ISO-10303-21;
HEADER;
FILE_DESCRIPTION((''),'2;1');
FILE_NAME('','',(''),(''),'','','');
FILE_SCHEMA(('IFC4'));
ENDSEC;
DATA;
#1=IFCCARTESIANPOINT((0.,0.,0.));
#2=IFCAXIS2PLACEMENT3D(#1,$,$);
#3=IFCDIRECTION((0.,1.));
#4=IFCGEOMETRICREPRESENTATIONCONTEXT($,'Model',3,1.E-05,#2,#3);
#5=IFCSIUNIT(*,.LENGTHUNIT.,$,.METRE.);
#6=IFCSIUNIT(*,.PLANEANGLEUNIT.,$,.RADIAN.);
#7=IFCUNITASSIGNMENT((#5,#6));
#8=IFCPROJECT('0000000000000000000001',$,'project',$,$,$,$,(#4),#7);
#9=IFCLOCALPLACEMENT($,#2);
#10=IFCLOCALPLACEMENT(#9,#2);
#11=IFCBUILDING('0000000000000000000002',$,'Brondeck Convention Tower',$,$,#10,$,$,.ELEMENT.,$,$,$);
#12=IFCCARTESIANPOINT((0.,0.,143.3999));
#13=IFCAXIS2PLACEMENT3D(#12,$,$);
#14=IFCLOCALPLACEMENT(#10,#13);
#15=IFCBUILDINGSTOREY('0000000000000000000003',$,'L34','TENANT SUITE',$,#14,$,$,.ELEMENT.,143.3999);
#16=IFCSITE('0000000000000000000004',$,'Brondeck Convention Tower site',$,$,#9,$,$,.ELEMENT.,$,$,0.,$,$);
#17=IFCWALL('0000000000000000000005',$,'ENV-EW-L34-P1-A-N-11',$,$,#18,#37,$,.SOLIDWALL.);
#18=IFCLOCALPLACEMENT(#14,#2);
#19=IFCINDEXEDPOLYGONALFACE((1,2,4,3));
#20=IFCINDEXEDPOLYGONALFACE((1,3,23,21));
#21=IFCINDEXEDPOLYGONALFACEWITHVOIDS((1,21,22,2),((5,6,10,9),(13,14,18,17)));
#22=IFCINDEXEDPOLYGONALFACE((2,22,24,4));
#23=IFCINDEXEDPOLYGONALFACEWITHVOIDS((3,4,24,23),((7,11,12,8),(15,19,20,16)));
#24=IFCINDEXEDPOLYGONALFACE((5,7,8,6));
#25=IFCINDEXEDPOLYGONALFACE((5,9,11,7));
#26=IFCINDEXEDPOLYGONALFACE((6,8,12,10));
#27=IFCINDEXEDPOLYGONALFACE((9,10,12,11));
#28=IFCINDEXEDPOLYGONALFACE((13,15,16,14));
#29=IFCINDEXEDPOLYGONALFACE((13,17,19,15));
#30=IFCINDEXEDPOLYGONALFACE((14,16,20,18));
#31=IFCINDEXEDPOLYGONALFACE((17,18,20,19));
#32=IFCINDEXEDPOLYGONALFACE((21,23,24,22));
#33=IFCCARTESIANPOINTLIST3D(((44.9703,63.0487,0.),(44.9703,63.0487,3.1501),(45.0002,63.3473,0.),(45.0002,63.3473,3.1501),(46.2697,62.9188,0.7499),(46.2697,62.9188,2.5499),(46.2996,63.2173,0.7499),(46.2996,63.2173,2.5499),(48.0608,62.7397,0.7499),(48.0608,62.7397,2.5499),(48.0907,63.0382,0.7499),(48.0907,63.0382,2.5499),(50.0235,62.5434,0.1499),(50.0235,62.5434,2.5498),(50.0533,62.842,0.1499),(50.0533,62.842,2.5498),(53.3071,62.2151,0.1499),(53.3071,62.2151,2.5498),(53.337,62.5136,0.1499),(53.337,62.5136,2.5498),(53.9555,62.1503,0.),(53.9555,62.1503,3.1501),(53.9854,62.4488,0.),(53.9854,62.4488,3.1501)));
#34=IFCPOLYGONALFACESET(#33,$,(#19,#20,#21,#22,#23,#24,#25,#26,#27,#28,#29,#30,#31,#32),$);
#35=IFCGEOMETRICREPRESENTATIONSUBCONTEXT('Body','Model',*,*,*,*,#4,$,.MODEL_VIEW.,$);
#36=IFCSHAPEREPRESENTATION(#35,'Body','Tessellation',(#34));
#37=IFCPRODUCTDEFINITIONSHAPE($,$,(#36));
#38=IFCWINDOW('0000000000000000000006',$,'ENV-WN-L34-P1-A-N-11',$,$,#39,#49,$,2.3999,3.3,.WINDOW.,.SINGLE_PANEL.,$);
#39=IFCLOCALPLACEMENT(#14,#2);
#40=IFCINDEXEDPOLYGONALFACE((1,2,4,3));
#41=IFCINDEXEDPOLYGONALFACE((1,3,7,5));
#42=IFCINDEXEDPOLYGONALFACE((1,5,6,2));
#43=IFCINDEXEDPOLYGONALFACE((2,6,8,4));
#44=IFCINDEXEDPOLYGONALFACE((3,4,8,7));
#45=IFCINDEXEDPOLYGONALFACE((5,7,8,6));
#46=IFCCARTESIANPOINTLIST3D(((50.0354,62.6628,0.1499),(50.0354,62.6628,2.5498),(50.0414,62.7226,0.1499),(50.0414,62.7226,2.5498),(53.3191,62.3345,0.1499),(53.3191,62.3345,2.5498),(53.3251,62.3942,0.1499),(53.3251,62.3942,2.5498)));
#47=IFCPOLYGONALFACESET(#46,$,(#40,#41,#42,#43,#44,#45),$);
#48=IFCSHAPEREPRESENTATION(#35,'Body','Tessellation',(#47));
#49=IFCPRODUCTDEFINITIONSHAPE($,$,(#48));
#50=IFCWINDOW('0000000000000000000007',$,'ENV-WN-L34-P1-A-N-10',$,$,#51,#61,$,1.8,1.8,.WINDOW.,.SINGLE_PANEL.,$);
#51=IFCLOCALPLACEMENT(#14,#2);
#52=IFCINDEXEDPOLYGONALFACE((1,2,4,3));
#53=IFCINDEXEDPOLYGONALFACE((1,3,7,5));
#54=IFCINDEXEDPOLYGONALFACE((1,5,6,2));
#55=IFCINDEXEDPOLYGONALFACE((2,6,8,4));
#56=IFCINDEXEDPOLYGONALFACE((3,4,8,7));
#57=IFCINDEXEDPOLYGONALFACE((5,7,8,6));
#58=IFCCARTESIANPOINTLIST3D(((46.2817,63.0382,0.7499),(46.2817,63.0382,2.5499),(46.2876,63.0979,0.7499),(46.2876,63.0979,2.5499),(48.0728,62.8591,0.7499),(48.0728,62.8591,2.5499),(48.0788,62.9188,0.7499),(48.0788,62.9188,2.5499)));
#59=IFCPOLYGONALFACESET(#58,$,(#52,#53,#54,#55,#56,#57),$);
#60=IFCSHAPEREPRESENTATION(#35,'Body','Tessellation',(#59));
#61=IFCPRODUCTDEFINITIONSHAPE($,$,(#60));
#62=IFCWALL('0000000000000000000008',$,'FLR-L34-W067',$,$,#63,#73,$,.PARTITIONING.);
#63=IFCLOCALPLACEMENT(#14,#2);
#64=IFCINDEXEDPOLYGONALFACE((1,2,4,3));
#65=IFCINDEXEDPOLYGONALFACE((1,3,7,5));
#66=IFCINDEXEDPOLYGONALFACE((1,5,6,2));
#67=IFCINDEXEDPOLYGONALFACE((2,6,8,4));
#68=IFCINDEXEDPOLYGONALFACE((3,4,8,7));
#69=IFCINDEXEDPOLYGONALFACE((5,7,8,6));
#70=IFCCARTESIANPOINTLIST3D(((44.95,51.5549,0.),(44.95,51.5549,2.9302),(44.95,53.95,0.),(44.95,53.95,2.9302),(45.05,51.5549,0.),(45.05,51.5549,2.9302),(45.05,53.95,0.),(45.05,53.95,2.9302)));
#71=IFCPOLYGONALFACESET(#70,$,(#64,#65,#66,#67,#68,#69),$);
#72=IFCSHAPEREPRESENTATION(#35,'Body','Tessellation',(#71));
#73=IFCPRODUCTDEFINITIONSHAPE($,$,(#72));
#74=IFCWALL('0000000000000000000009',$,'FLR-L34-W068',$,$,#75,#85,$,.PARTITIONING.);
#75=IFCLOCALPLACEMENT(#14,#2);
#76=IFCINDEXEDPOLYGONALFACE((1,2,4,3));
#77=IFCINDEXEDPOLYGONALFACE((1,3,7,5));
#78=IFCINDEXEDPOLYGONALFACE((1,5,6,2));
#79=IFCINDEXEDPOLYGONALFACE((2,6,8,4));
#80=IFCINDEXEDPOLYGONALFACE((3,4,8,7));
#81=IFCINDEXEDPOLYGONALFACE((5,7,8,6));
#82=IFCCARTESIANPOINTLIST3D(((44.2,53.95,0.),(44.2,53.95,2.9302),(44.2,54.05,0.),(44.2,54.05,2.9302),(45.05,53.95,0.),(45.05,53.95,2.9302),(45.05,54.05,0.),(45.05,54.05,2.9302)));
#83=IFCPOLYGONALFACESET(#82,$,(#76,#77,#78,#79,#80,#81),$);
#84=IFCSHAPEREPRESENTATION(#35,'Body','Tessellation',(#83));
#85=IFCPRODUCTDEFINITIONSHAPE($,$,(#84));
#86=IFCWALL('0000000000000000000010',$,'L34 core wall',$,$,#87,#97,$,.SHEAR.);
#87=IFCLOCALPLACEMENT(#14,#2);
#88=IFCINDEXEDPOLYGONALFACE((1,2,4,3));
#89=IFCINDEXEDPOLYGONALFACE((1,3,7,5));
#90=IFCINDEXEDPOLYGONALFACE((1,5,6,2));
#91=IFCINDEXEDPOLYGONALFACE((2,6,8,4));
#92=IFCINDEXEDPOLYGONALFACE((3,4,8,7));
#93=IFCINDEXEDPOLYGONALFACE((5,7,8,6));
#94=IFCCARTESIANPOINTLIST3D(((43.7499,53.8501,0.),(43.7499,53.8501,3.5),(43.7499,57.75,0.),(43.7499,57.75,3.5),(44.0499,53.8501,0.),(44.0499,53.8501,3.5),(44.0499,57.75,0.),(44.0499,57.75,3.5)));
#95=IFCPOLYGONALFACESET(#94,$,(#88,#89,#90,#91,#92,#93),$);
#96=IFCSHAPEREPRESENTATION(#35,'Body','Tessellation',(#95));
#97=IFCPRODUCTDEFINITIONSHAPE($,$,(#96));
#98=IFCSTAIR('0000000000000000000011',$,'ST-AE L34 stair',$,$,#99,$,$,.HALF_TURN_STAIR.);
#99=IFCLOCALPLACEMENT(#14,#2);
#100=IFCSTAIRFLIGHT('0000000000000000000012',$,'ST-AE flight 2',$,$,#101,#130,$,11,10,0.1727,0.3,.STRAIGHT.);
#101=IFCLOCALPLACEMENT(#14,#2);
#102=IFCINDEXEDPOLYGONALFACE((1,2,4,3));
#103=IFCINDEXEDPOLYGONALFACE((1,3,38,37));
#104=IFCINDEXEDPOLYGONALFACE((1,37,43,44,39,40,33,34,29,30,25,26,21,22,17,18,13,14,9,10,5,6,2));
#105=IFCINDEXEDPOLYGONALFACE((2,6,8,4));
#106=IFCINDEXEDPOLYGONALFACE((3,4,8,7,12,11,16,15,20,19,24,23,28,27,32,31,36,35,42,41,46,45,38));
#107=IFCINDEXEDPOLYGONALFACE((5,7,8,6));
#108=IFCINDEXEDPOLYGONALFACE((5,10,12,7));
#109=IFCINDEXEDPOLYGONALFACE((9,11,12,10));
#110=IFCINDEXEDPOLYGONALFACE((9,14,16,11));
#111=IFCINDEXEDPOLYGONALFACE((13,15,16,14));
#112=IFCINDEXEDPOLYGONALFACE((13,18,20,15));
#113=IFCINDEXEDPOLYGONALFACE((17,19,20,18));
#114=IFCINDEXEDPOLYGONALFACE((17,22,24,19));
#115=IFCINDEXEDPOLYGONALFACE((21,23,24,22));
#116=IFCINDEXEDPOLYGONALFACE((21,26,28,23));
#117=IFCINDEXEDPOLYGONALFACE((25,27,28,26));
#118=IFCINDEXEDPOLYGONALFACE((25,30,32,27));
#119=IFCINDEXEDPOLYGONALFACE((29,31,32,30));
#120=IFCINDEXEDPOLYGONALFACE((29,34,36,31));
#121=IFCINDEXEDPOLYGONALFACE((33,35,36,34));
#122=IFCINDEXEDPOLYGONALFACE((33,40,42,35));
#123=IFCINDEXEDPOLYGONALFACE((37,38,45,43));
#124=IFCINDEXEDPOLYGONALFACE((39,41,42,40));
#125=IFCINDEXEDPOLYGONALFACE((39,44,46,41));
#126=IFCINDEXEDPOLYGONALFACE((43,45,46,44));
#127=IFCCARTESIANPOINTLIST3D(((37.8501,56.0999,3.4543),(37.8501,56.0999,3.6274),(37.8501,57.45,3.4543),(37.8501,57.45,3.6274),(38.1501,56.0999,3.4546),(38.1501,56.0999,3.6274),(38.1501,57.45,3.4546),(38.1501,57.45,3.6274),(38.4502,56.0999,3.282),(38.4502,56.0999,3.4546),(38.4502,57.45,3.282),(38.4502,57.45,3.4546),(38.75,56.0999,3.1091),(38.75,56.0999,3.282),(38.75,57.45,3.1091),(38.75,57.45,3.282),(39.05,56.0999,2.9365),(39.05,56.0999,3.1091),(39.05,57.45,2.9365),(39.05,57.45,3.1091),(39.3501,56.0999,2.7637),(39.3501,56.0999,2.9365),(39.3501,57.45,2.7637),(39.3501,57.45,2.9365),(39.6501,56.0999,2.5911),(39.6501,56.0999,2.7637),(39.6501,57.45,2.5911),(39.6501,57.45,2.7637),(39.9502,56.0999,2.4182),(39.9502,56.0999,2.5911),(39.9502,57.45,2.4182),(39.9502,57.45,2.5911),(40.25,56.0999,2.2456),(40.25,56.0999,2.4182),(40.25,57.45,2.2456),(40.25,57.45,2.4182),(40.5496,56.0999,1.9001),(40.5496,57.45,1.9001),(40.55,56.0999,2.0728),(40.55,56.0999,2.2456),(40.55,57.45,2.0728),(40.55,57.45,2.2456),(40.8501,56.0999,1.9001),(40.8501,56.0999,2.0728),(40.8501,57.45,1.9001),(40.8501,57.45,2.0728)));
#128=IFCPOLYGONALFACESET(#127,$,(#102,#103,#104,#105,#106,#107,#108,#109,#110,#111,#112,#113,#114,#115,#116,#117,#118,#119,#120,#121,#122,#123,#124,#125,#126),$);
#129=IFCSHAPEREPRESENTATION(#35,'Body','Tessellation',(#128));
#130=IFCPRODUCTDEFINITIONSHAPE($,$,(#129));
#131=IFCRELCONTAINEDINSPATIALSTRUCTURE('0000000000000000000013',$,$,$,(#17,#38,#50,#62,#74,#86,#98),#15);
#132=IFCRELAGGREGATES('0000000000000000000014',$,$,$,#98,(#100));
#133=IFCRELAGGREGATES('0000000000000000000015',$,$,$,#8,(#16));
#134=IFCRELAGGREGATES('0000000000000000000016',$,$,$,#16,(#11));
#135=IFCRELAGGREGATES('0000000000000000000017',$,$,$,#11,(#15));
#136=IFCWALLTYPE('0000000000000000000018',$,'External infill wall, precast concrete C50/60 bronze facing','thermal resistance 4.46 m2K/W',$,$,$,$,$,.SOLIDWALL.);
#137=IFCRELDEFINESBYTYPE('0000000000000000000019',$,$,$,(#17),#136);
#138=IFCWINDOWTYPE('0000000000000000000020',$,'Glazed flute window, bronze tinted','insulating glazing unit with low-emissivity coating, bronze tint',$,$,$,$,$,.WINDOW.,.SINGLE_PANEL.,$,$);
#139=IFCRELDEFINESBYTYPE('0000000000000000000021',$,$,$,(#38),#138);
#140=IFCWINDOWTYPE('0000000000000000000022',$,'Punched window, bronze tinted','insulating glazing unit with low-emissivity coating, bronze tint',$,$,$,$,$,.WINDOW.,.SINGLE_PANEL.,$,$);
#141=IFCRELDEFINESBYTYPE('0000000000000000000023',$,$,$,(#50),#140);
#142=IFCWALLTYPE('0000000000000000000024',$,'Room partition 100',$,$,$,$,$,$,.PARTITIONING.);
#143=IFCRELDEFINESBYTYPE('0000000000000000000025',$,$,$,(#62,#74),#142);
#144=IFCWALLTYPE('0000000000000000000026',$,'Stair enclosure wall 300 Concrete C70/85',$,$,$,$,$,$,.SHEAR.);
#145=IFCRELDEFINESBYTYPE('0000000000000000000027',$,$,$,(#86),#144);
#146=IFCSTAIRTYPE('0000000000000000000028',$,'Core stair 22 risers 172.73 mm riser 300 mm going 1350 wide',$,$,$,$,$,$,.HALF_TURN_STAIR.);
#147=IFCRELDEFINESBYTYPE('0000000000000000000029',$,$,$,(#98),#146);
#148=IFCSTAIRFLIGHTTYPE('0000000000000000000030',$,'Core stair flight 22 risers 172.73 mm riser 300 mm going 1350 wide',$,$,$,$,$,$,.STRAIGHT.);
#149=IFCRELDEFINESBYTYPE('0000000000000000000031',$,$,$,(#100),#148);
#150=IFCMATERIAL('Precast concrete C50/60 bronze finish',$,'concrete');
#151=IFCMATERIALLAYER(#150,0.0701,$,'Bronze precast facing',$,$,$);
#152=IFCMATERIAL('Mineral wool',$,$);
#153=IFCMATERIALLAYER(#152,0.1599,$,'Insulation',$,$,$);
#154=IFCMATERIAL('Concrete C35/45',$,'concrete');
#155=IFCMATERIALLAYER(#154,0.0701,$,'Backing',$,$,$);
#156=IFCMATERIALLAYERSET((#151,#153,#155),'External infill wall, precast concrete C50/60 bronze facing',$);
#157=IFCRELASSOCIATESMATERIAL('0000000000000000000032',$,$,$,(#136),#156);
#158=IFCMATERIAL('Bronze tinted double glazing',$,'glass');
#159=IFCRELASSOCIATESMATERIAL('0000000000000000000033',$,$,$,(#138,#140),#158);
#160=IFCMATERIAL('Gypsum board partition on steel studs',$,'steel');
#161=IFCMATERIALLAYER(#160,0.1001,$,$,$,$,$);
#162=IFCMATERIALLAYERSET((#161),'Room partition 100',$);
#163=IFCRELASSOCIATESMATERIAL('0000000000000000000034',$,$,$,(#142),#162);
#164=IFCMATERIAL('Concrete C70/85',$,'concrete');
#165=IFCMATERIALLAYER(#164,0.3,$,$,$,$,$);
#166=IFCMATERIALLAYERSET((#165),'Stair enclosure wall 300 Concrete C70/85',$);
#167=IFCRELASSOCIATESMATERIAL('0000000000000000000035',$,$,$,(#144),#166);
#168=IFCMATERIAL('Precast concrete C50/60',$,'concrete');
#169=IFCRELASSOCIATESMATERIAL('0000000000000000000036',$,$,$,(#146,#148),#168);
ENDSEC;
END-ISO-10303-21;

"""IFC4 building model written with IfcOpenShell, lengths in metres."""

from ifc_helpers import new_model, si_unit, direction, frame, frame_2d, origin, place, context, subcontext, project, spatial, polyline, rectangle, outline, extrude, material, layer, layer_set, type_object, element, fill, aggregate, save


model = new_model("IFC4")

# Units and contexts
model_context = context("Model", 3, precision=1e-05, world=origin(), true_north=direction((0.0, 1.0)))
body_context = subcontext(model_context, "Body", "Model", "MODEL_VIEW")
ifc_project = project(units=[si_unit("LENGTHUNIT", "METRE"), si_unit("PLANEANGLEUNIT", "RADIAN")], contexts=[model_context])

# Site, building, storey
site_placement = place(None, origin())
site = spatial("IfcSite", under=ifc_project, at=site_placement, Name="Brondeck Convention Tower site", CompositionType="ELEMENT", RefElevation=0.0)
building_placement = place(site_placement, origin())
building = spatial("IfcBuilding", under=site, at=building_placement, Name="Brondeck Convention Tower", CompositionType="ELEMENT")
storey_placement = place(building_placement, frame((0.0, 0.0, 143.3999)))
storey = spatial("IfcBuildingStorey", under=building, at=storey_placement, Name="L34", Description="TENANT SUITE", CompositionType="ELEMENT", Elevation=143.3999)

# Shared definitions
ifc_material_1 = material(Name="Concrete C70/85", Category="concrete")

# Wall, openings, windows
ifc_material_2 = material(Name="Precast concrete C50/60 bronze finish", Category="concrete")
ifc_layer_1 = layer(ifc_material_2, 0.0701, Name="Bronze precast facing")
ifc_material_3 = material(Name="Mineral wool")
ifc_layer_2 = layer(ifc_material_3, 0.1599, Name="Insulation")
ifc_material_4 = material(Name="Concrete C35/45", Category="concrete")
ifc_layer_3 = layer(ifc_material_4, 0.0701, Name="Backing")
ifc_layer_set_1 = layer_set([ifc_layer_1, ifc_layer_2, ifc_layer_3], Name="External infill wall, precast concrete C50/60 bronze facing")
wall_type_1 = type_object("IfcWallType", Name="External infill wall, precast concrete C50/60 bronze facing", Description="thermal resistance 4.46 m2K/W", PredefinedType="SOLIDWALL", material=ifc_layer_set_1)
wall_1_placement = place(storey_placement, frame((44.9851, 63.198, 0.0), z_axis=(0.0, 0.0, 1.0), x_axis=(0.995038, -0.099496, 0.0)))
wall_1 = element("IfcWall", 1, at=wall_1_placement, inside=storey, type_object=wall_type_1, Name="ENV-EW-L34-P1-A-N-11", PredefinedType="SOLIDWALL", context=body_context, shape_type="SweptSolid", body=[
    extrude(rectangle(XDim=9.03, YDim=0.3, at=frame_2d((4.5151, 0.0))), origin(), (0.0, 0.0, 1.0), 3.1501),
])
opening_1_placement = place(wall_1_placement, frame((1.3062, 0.0, 0.75)))
opening_1 = element("IfcOpeningElement", 2, at=opening_1_placement, cuts=wall_1, PredefinedType="OPENING", context=body_context, shape_type="SweptSolid", body=[
    extrude(rectangle(XDim=1.8, YDim=1.8, at=frame_2d((0.8999, 0.8999))), frame((0.0, 0.1599, 0.0), z_axis=(0.0, -1.0, 0.0), x_axis=(1.0, 0.0, 0.0)), (0.0, 0.0, 1.0), 0.3201),
])
opening_2_placement = place(wall_1_placement, frame((5.0786, 0.0, 0.1499)))
opening_2 = element("IfcOpeningElement", 3, at=opening_2_placement, cuts=wall_1, PredefinedType="OPENING", context=body_context, shape_type="SweptSolid", body=[
    extrude(rectangle(XDim=3.3, YDim=2.3999, at=frame_2d((1.6499, 1.2))), frame((0.0, 0.1599, 0.0), z_axis=(0.0, -1.0, 0.0), x_axis=(1.0, 0.0, 0.0)), (0.0, 0.0, 1.0), 0.3201),
])
ifc_material_5 = material(Name="Bronze tinted double glazing", Category="glass")
window_type_1 = type_object("IfcWindowType", Name="Glazed flute window, bronze tinted", Description="insulating glazing unit with low-emissivity coating, bronze tint", PartitioningType="SINGLE_PANEL", PredefinedType="WINDOW", material=ifc_material_5)
window_1_placement = place(opening_2_placement, origin())
window_1 = element("IfcWindow", 4, at=window_1_placement, inside=storey, type_object=window_type_1, Name="ENV-WN-L34-P1-A-N-11", OverallHeight=2.3999, OverallWidth=3.3, PartitioningType="SINGLE_PANEL", PredefinedType="WINDOW", context=body_context, shape_type="SweptSolid", body=[
    extrude(rectangle(XDim=3.3, YDim=2.3999, at=frame_2d((1.6499, 1.2))), frame((0.0, 0.03, 0.0), z_axis=(0.0, -1.0, 0.0), x_axis=(1.0, 0.0, 0.0)), (0.0, 0.0, 1.0), 0.0601),
])
fill(opening_2, window_1)
window_type_2 = type_object("IfcWindowType", Name="Punched window, bronze tinted", Description="insulating glazing unit with low-emissivity coating, bronze tint", PartitioningType="SINGLE_PANEL", PredefinedType="WINDOW", material=ifc_material_5)
window_2_placement = place(opening_1_placement, origin())
window_2 = element("IfcWindow", 5, at=window_2_placement, inside=storey, type_object=window_type_2, Name="ENV-WN-L34-P1-A-N-10", OverallHeight=1.8, OverallWidth=1.8, PartitioningType="SINGLE_PANEL", PredefinedType="WINDOW", context=body_context, shape_type="SweptSolid", body=[
    extrude(rectangle(XDim=1.8, YDim=1.8, at=frame_2d((0.8999, 0.8999))), frame((0.0, 0.03, 0.0), z_axis=(0.0, -1.0, 0.0), x_axis=(1.0, 0.0, 0.0)), (0.0, 0.0, 1.0), 0.0601),
])
fill(opening_1, window_2)

# Walls
ifc_material_6 = material(Name="Gypsum board partition on steel studs", Category="steel")
ifc_layer_4 = layer(ifc_material_6, 0.1001)
ifc_layer_set_2 = layer_set([ifc_layer_4], Name="Room partition 100")
wall_type_2 = type_object("IfcWallType", Name="Room partition 100", PredefinedType="PARTITIONING", material=ifc_layer_set_2)
wall_2_placement = place(storey_placement, frame((45.0, 53.95, 0.0), z_axis=(0.0, 0.0, 1.0), x_axis=(0.0, -1.0, 0.0)))
element("IfcWall", 6, at=wall_2_placement, inside=storey, type_object=wall_type_2, Name="FLR-L34-W067", PredefinedType="PARTITIONING", context=body_context, shape_type="SweptSolid", body=[
    extrude(rectangle(XDim=2.395, YDim=0.1001, at=frame_2d((1.1975, 0.0))), origin(), (0.0, 0.0, 1.0), 2.9302),
])
wall_3_placement = place(storey_placement, frame((44.2, 54.0, 0.0), z_axis=(0.0, 0.0, 1.0), x_axis=(1.0, 0.0, 0.0)))
element("IfcWall", 7, at=wall_3_placement, inside=storey, type_object=wall_type_2, Name="FLR-L34-W068", PredefinedType="PARTITIONING", context=body_context, shape_type="SweptSolid", body=[
    extrude(rectangle(XDim=0.8501, YDim=0.1001, at=frame_2d((0.425, 0.0))), origin(), (0.0, 0.0, 1.0), 2.9302),
])
ifc_layer_5 = layer(ifc_material_1, 0.3)
ifc_layer_set_3 = layer_set([ifc_layer_5], Name="Stair enclosure wall 300 Concrete C70/85")
wall_type_3 = type_object("IfcWallType", Name="Stair enclosure wall 300 Concrete C70/85", PredefinedType="SHEAR", material=ifc_layer_set_3)
wall_4_placement = place(storey_placement, frame((43.8999, 53.8501, 0.0), z_axis=(0.0, 0.0, 1.0), x_axis=(0.0, 1.0, 0.0)))
element("IfcWall", 8, at=wall_4_placement, inside=storey, type_object=wall_type_3, Name="L34 core wall", PredefinedType="SHEAR", context=body_context, shape_type="SweptSolid", body=[
    extrude(rectangle(XDim=3.8999, YDim=0.3, at=frame_2d((1.95, 0.0))), origin(), (0.0, 0.0, 1.0), 3.5),
])

# Stair, stair flight
ifc_material_7 = material(Name="Precast concrete C50/60", Category="concrete")
stair_type = type_object("IfcStairType", Name="Core stair 22 risers 172.73 mm riser 300 mm going 1350 wide", PredefinedType="HALF_TURN_STAIR", material=ifc_material_7)
stair_placement = place(storey_placement, origin())
stair = element("IfcStair", 9, at=stair_placement, inside=storey, type_object=stair_type, Name="ST-AE L34 stair", PredefinedType="HALF_TURN_STAIR")
stair_flight_type = type_object("IfcStairFlightType", Name="Core stair flight 22 risers 172.73 mm riser 300 mm going 1350 wide", PredefinedType="STRAIGHT", material=ifc_material_7)
stair_flight_placement = place(storey_placement, frame((40.8501, 56.7749, 1.9001), z_axis=(0.0, 0.0, 1.0), x_axis=(-1.0, 0.0, 0.0)))
stair_flight = element("IfcStairFlight", 10, at=stair_flight_placement, type_object=stair_flight_type, Name="ST-AE flight 2", NumberOfRisers=11, NumberOfTreads=10, PredefinedType="STRAIGHT", RiserHeight=0.1727, TreadLength=0.3, context=body_context, shape_type="SweptSolid", body=[
    extrude(outline(polyline([(0.0, 0.0), (0.0, 0.1726), (0.3, 0.1726), (0.3, 0.3455), (0.6001, 0.3455), (0.6001, 0.5181), (0.8999, 0.5181), (0.8999, 0.6909), (1.2, 0.6909), (1.2, 0.8635), (1.5, 0.8635), (1.5, 1.0364), (1.8, 1.0364), (1.8, 1.209), (2.1001, 1.209), (2.1001, 1.3818), (2.3999, 1.3818), (2.3999, 1.5544), (2.7, 1.5544), (2.7, 1.7273), (3.0, 1.7273), (3.0, 1.8999), (3.0, 1.5542), (0.3005, 0.0), (0.0, 0.0)])), frame((0.0, 0.675, 0.0), z_axis=(0.0, -1.0, 0.0), x_axis=(1.0, 0.0, 0.0)), (0.0, 0.0, 1.0), 1.3501),
])
aggregate(stair, [stair_flight])

save(model, "model.ifc")
